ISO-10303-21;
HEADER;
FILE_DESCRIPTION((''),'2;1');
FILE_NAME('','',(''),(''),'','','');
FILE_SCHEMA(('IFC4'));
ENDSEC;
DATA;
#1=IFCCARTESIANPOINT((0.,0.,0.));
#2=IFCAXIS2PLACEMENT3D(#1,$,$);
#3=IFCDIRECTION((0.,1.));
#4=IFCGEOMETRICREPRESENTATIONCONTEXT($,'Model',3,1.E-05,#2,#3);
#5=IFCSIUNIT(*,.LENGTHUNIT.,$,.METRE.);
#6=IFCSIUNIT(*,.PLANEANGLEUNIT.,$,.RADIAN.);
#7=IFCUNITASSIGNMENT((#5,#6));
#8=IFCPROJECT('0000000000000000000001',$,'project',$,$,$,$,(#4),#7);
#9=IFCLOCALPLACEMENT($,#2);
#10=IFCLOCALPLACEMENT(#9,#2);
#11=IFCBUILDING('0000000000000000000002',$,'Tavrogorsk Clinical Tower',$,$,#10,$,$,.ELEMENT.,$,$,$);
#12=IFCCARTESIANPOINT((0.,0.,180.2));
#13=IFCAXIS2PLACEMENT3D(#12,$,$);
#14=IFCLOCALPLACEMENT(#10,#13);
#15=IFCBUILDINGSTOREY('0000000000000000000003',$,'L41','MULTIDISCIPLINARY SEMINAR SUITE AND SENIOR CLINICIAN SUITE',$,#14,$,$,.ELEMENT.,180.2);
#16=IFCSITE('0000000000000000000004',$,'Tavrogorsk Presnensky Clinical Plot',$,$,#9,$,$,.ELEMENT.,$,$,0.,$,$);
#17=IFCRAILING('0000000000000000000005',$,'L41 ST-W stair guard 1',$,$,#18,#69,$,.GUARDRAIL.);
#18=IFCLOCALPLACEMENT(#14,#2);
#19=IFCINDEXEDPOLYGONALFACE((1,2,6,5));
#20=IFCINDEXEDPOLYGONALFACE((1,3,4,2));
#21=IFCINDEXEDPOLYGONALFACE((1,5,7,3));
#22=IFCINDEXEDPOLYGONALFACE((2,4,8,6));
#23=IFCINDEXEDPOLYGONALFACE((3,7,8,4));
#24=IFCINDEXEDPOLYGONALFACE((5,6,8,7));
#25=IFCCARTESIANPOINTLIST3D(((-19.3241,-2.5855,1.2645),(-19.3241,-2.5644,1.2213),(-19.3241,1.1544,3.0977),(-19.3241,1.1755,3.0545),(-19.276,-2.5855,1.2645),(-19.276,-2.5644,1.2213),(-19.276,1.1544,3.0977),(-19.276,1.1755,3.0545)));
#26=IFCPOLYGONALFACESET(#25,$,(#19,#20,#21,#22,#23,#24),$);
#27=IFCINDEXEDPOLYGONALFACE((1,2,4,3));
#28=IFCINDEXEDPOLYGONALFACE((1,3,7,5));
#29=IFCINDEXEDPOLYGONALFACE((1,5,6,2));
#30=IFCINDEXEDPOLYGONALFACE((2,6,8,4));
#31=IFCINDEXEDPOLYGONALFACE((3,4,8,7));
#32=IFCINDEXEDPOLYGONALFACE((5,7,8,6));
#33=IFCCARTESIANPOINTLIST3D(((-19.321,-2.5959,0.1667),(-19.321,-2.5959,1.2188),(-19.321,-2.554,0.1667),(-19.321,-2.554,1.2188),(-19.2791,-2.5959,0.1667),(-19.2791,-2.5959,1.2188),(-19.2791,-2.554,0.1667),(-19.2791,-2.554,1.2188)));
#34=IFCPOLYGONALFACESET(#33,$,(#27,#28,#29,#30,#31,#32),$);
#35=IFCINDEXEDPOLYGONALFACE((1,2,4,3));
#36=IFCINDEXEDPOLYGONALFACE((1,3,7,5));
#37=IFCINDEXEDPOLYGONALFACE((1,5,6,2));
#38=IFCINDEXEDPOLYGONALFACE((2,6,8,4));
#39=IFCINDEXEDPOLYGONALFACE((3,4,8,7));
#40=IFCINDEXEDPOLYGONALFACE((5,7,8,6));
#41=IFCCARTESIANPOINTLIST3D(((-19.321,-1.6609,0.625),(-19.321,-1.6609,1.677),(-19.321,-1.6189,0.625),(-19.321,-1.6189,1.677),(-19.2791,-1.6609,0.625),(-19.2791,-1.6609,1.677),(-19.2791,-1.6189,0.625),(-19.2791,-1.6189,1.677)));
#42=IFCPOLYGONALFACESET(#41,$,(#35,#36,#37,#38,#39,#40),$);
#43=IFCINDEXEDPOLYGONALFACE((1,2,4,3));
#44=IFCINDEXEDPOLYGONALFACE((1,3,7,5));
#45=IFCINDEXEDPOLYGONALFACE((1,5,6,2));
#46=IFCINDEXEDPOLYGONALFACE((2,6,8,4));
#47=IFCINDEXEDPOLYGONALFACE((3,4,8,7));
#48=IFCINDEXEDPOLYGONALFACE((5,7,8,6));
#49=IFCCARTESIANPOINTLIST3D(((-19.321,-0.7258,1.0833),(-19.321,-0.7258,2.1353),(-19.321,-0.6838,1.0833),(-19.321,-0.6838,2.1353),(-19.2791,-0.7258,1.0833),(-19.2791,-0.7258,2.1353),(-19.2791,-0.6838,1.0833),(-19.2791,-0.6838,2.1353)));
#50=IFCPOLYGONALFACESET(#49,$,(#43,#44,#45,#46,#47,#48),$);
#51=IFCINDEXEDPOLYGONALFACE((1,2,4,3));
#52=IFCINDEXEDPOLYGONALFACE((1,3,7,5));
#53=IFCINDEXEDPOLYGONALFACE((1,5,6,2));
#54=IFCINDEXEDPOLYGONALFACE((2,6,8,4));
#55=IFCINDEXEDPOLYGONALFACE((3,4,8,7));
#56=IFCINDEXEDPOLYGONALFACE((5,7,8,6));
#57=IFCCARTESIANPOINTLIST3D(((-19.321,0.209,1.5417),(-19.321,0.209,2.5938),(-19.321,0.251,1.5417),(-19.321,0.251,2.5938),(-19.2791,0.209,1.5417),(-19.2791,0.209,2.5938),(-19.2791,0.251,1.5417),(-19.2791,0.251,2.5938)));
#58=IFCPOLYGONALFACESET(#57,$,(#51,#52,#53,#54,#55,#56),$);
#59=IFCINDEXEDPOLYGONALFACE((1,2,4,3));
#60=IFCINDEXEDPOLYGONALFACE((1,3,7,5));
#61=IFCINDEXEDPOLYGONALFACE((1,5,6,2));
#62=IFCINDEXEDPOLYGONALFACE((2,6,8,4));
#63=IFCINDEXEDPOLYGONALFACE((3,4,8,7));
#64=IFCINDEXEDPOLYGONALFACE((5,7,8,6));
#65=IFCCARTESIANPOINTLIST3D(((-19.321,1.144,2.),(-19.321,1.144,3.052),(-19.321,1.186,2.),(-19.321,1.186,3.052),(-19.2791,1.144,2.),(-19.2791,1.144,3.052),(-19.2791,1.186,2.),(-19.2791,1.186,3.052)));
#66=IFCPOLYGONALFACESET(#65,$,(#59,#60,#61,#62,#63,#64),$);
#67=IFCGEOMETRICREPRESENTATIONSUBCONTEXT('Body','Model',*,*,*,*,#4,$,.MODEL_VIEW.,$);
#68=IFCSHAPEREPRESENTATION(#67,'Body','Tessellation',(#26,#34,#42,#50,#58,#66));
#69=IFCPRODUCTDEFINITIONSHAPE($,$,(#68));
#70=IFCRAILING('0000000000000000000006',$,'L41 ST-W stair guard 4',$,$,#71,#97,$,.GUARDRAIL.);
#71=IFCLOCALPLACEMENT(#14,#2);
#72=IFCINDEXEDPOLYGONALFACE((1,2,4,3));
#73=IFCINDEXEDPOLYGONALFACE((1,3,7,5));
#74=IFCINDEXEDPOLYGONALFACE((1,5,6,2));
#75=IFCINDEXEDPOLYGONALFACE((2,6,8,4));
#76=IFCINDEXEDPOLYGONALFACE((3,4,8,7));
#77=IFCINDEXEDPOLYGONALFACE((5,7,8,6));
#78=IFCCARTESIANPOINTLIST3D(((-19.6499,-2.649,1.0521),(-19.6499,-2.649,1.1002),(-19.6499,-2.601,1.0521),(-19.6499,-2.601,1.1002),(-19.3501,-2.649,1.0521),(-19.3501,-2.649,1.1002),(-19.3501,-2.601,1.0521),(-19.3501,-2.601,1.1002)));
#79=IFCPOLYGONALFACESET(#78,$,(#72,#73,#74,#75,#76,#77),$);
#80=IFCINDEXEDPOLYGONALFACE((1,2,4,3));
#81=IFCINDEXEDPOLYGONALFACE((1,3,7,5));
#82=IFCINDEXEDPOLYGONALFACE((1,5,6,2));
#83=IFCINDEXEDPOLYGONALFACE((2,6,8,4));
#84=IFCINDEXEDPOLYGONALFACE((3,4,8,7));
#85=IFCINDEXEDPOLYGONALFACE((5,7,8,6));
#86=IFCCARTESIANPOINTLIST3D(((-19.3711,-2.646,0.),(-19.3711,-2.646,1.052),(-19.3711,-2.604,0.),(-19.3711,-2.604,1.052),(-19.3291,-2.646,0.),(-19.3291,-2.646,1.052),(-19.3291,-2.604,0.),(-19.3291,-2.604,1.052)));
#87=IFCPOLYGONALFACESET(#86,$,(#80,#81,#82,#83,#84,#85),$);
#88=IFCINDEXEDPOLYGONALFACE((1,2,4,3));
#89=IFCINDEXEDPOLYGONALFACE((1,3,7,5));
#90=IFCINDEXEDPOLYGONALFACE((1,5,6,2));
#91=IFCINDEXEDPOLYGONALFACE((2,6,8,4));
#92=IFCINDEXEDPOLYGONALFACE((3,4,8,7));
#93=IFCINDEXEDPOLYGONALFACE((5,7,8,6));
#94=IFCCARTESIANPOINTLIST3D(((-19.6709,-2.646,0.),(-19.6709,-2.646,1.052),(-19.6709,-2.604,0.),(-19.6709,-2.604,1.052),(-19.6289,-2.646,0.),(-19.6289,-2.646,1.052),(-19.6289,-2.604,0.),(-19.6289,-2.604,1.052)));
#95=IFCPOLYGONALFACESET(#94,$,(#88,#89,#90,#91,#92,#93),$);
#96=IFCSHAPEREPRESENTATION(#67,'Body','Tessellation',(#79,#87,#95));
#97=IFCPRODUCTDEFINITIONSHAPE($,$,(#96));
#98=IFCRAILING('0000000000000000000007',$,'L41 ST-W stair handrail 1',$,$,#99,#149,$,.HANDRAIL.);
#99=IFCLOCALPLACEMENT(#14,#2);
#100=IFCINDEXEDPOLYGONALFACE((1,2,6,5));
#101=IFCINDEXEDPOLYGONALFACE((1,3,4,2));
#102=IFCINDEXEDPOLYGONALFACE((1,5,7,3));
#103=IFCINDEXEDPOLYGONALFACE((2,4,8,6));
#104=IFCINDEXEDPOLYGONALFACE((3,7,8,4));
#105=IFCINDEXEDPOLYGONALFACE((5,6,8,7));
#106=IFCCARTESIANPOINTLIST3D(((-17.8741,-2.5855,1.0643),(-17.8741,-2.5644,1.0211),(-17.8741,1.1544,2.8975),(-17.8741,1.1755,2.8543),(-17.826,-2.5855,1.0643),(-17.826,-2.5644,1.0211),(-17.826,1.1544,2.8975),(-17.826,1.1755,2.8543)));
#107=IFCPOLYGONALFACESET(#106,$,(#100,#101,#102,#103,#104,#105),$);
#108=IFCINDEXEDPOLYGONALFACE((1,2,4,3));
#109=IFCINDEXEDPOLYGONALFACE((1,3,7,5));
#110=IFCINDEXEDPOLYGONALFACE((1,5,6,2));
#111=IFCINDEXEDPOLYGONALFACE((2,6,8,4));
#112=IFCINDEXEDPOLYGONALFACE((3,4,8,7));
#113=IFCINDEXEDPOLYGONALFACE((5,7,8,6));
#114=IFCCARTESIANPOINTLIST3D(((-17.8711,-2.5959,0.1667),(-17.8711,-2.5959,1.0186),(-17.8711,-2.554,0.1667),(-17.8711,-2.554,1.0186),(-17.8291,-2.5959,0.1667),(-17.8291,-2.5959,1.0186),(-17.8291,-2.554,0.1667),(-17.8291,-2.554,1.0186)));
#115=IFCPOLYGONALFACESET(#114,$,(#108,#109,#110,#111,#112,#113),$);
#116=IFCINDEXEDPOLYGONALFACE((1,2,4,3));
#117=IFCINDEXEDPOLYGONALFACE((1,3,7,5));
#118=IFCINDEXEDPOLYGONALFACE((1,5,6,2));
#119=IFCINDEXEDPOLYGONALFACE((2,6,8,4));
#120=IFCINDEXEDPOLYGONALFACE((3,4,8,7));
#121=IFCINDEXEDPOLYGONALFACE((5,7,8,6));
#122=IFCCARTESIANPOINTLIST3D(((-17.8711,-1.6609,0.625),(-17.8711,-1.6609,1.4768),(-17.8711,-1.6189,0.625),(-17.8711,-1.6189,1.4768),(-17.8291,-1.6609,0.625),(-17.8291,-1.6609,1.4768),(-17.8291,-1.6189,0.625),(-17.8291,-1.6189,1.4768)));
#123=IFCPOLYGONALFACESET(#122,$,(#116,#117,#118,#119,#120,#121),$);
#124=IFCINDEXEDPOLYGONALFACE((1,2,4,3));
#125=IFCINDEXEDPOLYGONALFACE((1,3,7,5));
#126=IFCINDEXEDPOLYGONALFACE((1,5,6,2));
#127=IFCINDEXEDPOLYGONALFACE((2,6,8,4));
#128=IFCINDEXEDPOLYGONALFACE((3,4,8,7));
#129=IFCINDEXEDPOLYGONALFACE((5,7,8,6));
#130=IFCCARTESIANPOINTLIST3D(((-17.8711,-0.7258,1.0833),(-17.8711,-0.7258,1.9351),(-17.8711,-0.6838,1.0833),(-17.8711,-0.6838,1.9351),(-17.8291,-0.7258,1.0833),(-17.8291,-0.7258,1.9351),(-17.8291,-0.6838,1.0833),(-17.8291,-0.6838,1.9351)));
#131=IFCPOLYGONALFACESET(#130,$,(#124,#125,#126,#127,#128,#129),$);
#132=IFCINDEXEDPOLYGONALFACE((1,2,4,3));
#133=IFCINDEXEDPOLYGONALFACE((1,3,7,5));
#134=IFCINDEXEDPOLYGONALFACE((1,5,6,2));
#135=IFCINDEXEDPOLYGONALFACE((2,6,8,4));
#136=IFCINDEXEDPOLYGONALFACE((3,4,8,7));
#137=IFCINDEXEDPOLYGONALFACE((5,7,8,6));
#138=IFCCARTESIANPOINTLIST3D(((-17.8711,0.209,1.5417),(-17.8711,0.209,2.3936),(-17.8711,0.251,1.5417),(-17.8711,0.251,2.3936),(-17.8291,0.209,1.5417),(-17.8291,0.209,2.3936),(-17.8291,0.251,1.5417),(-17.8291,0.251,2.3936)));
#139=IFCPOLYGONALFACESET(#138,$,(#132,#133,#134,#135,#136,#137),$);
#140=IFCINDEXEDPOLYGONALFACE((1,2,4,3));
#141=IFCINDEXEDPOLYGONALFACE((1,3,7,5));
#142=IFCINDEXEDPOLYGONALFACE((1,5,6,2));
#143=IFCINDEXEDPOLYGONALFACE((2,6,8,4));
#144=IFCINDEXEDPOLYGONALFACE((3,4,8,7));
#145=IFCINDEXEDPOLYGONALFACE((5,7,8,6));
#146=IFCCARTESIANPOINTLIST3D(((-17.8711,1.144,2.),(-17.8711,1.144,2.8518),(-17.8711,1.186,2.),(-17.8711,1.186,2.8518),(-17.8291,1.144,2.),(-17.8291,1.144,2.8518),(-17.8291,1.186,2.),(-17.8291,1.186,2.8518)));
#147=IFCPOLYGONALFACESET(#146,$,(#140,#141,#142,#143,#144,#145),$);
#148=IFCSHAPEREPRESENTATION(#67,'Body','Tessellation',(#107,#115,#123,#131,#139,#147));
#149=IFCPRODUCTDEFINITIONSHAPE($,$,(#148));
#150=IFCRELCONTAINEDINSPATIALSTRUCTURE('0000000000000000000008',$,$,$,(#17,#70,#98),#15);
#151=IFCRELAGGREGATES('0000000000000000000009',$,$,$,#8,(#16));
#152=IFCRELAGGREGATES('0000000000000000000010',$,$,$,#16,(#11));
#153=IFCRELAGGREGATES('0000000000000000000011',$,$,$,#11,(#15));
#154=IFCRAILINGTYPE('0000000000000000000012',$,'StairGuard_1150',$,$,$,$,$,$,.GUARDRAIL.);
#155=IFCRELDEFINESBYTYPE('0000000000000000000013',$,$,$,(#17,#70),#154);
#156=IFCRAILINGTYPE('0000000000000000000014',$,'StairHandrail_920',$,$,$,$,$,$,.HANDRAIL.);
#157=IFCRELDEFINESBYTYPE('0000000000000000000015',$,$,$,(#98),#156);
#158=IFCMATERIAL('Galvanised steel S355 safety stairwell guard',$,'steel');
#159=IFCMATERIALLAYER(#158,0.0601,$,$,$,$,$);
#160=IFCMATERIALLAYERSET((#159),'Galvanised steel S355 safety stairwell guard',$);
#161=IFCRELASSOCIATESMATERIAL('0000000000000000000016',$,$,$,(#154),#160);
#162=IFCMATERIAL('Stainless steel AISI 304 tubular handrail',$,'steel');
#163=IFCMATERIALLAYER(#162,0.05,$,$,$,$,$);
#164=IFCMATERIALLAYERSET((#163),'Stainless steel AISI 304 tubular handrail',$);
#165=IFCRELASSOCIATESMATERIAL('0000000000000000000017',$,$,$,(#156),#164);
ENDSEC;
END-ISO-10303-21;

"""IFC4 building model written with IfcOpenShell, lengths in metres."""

from ifc_helpers import new_model, si_unit, direction, frame, origin, origin_2d, place, context, subcontext, project, spatial, rectangle, extrude, material, layer, layer_set, type_object, element, save


model = new_model("IFC4")

# Units and contexts
model_context = context("Model", 3, precision=1e-05, world=origin(), true_north=direction((0.0, 1.0)))
body_context = subcontext(model_context, "Body", "Model", "MODEL_VIEW")
ifc_project = project(units=[si_unit("LENGTHUNIT", "METRE"), si_unit("PLANEANGLEUNIT", "RADIAN")], contexts=[model_context])

# Site, building, storey
site_placement = place(None, origin())
site = spatial("IfcSite", under=ifc_project, at=site_placement, Name="Tavrogorsk Presnensky Clinical Plot", CompositionType="ELEMENT", RefElevation=0.0)
building_placement = place(site_placement, origin())
building = spatial("IfcBuilding", under=site, at=building_placement, Name="Tavrogorsk Clinical Tower", CompositionType="ELEMENT")
storey_placement = place(building_placement, frame((0.0, 0.0, 180.2)))
storey = spatial("IfcBuildingStorey", under=building, at=storey_placement, Name="L41", Description="MULTIDISCIPLINARY SEMINAR SUITE AND SENIOR CLINICIAN SUITE", CompositionType="ELEMENT", Elevation=180.2)

# Railings
ifc_material_1 = material(Name="Galvanised steel S355 safety stairwell guard", Category="steel")
ifc_layer_1 = layer(ifc_material_1, 0.0601)
ifc_layer_set_1 = layer_set([ifc_layer_1], Name="Galvanised steel S355 safety stairwell guard")
railing_type_1 = type_object("IfcRailingType", Name="StairGuard_1150", PredefinedType="GUARDRAIL", material=ifc_layer_set_1)
railing_1_placement = place(storey_placement, frame((-19.3, -2.575, 0.1667)))
element("IfcRailing", 1, at=railing_1_placement, inside=storey, type_object=railing_type_1, Name="L41 ST-W stair guard 1", PredefinedType="GUARDRAIL", context=body_context, shape_type="SweptSolid", body=[
    extrude(rectangle(XDim=0.0481, YDim=0.0481, at=origin_2d()), frame((0.0, 0.0, 1.0762), z_axis=(0.0, 0.897928, 0.440142), x_axis=(-1.0, 0.0, 0.0)), (0.0, 0.0, 1.0), 4.165),
    extrude(rectangle(XDim=0.042, YDim=0.042, at=origin_2d()), origin(), (0.0, 0.0, 1.0), 1.052),
    extrude(rectangle(XDim=0.042, YDim=0.042, at=origin_2d()), frame((0.0, 0.9351, 0.4583)), (0.0, 0.0, 1.0), 1.052),
    extrude(rectangle(XDim=0.042, YDim=0.042, at=origin_2d()), frame((0.0, 1.8701, 0.9165)), (0.0, 0.0, 1.0), 1.052),
    extrude(rectangle(XDim=0.042, YDim=0.042, at=origin_2d()), frame((0.0, 2.8049, 1.375)), (0.0, 0.0, 1.0), 1.052),
    extrude(rectangle(XDim=0.042, YDim=0.042, at=origin_2d()), frame((0.0, 3.74, 1.8333)), (0.0, 0.0, 1.0), 1.052),
])
railing_2_placement = place(storey_placement, frame((-19.3501, -2.625, 0.0)))
element("IfcRailing", 2, at=railing_2_placement, inside=storey, type_object=railing_type_1, Name="L41 ST-W stair guard 4", PredefinedType="GUARDRAIL", context=body_context, shape_type="SweptSolid", body=[
    extrude(rectangle(XDim=0.0481, YDim=0.0481, at=origin_2d()), frame((0.0, 0.0, 1.0762), z_axis=(-1.0, 0.0, 0.0), x_axis=(0.0, -1.0, 0.0)), (0.0, 0.0, 1.0), 0.2998),
    extrude(rectangle(XDim=0.042, YDim=0.042, at=origin_2d()), origin(), (0.0, 0.0, 1.0), 1.052),
    extrude(rectangle(XDim=0.042, YDim=0.042, at=origin_2d()), frame((-0.2998, 0.0, 0.0)), (0.0, 0.0, 1.0), 1.052),
])
ifc_material_2 = material(Name="Stainless steel AISI 304 tubular handrail", Category="steel")
ifc_layer_2 = layer(ifc_material_2, 0.05)
ifc_layer_set_2 = layer_set([ifc_layer_2], Name="Stainless steel AISI 304 tubular handrail")
railing_type_2 = type_object("IfcRailingType", Name="StairHandrail_920", PredefinedType="HANDRAIL", material=ifc_layer_set_2)
railing_3_placement = place(storey_placement, frame((-17.8501, -2.575, 0.1667)))
element("IfcRailing", 3, at=railing_3_placement, inside=storey, type_object=railing_type_2, Name="L41 ST-W stair handrail 1", PredefinedType="HANDRAIL", context=body_context, shape_type="SweptSolid", body=[
    extrude(rectangle(XDim=0.0481, YDim=0.0481, at=origin_2d()), frame((0.0, 0.0, 0.876), z_axis=(0.0, 0.897928, 0.440142), x_axis=(-1.0, 0.0, 0.0)), (0.0, 0.0, 1.0), 4.165),
    extrude(rectangle(XDim=0.042, YDim=0.042, at=origin_2d()), origin(), (0.0, 0.0, 1.0), 0.8518),
    extrude(rectangle(XDim=0.042, YDim=0.042, at=origin_2d()), frame((0.0, 0.9351, 0.4583)), (0.0, 0.0, 1.0), 0.8518),
    extrude(rectangle(XDim=0.042, YDim=0.042, at=origin_2d()), frame((0.0, 1.8701, 0.9165)), (0.0, 0.0, 1.0), 0.8518),
    extrude(rectangle(XDim=0.042, YDim=0.042, at=origin_2d()), frame((0.0, 2.8049, 1.375)), (0.0, 0.0, 1.0), 0.8518),
    extrude(rectangle(XDim=0.042, YDim=0.042, at=origin_2d()), frame((0.0, 3.74, 1.8333)), (0.0, 0.0, 1.0), 0.8518),
])

save(model, "model.ifc")
